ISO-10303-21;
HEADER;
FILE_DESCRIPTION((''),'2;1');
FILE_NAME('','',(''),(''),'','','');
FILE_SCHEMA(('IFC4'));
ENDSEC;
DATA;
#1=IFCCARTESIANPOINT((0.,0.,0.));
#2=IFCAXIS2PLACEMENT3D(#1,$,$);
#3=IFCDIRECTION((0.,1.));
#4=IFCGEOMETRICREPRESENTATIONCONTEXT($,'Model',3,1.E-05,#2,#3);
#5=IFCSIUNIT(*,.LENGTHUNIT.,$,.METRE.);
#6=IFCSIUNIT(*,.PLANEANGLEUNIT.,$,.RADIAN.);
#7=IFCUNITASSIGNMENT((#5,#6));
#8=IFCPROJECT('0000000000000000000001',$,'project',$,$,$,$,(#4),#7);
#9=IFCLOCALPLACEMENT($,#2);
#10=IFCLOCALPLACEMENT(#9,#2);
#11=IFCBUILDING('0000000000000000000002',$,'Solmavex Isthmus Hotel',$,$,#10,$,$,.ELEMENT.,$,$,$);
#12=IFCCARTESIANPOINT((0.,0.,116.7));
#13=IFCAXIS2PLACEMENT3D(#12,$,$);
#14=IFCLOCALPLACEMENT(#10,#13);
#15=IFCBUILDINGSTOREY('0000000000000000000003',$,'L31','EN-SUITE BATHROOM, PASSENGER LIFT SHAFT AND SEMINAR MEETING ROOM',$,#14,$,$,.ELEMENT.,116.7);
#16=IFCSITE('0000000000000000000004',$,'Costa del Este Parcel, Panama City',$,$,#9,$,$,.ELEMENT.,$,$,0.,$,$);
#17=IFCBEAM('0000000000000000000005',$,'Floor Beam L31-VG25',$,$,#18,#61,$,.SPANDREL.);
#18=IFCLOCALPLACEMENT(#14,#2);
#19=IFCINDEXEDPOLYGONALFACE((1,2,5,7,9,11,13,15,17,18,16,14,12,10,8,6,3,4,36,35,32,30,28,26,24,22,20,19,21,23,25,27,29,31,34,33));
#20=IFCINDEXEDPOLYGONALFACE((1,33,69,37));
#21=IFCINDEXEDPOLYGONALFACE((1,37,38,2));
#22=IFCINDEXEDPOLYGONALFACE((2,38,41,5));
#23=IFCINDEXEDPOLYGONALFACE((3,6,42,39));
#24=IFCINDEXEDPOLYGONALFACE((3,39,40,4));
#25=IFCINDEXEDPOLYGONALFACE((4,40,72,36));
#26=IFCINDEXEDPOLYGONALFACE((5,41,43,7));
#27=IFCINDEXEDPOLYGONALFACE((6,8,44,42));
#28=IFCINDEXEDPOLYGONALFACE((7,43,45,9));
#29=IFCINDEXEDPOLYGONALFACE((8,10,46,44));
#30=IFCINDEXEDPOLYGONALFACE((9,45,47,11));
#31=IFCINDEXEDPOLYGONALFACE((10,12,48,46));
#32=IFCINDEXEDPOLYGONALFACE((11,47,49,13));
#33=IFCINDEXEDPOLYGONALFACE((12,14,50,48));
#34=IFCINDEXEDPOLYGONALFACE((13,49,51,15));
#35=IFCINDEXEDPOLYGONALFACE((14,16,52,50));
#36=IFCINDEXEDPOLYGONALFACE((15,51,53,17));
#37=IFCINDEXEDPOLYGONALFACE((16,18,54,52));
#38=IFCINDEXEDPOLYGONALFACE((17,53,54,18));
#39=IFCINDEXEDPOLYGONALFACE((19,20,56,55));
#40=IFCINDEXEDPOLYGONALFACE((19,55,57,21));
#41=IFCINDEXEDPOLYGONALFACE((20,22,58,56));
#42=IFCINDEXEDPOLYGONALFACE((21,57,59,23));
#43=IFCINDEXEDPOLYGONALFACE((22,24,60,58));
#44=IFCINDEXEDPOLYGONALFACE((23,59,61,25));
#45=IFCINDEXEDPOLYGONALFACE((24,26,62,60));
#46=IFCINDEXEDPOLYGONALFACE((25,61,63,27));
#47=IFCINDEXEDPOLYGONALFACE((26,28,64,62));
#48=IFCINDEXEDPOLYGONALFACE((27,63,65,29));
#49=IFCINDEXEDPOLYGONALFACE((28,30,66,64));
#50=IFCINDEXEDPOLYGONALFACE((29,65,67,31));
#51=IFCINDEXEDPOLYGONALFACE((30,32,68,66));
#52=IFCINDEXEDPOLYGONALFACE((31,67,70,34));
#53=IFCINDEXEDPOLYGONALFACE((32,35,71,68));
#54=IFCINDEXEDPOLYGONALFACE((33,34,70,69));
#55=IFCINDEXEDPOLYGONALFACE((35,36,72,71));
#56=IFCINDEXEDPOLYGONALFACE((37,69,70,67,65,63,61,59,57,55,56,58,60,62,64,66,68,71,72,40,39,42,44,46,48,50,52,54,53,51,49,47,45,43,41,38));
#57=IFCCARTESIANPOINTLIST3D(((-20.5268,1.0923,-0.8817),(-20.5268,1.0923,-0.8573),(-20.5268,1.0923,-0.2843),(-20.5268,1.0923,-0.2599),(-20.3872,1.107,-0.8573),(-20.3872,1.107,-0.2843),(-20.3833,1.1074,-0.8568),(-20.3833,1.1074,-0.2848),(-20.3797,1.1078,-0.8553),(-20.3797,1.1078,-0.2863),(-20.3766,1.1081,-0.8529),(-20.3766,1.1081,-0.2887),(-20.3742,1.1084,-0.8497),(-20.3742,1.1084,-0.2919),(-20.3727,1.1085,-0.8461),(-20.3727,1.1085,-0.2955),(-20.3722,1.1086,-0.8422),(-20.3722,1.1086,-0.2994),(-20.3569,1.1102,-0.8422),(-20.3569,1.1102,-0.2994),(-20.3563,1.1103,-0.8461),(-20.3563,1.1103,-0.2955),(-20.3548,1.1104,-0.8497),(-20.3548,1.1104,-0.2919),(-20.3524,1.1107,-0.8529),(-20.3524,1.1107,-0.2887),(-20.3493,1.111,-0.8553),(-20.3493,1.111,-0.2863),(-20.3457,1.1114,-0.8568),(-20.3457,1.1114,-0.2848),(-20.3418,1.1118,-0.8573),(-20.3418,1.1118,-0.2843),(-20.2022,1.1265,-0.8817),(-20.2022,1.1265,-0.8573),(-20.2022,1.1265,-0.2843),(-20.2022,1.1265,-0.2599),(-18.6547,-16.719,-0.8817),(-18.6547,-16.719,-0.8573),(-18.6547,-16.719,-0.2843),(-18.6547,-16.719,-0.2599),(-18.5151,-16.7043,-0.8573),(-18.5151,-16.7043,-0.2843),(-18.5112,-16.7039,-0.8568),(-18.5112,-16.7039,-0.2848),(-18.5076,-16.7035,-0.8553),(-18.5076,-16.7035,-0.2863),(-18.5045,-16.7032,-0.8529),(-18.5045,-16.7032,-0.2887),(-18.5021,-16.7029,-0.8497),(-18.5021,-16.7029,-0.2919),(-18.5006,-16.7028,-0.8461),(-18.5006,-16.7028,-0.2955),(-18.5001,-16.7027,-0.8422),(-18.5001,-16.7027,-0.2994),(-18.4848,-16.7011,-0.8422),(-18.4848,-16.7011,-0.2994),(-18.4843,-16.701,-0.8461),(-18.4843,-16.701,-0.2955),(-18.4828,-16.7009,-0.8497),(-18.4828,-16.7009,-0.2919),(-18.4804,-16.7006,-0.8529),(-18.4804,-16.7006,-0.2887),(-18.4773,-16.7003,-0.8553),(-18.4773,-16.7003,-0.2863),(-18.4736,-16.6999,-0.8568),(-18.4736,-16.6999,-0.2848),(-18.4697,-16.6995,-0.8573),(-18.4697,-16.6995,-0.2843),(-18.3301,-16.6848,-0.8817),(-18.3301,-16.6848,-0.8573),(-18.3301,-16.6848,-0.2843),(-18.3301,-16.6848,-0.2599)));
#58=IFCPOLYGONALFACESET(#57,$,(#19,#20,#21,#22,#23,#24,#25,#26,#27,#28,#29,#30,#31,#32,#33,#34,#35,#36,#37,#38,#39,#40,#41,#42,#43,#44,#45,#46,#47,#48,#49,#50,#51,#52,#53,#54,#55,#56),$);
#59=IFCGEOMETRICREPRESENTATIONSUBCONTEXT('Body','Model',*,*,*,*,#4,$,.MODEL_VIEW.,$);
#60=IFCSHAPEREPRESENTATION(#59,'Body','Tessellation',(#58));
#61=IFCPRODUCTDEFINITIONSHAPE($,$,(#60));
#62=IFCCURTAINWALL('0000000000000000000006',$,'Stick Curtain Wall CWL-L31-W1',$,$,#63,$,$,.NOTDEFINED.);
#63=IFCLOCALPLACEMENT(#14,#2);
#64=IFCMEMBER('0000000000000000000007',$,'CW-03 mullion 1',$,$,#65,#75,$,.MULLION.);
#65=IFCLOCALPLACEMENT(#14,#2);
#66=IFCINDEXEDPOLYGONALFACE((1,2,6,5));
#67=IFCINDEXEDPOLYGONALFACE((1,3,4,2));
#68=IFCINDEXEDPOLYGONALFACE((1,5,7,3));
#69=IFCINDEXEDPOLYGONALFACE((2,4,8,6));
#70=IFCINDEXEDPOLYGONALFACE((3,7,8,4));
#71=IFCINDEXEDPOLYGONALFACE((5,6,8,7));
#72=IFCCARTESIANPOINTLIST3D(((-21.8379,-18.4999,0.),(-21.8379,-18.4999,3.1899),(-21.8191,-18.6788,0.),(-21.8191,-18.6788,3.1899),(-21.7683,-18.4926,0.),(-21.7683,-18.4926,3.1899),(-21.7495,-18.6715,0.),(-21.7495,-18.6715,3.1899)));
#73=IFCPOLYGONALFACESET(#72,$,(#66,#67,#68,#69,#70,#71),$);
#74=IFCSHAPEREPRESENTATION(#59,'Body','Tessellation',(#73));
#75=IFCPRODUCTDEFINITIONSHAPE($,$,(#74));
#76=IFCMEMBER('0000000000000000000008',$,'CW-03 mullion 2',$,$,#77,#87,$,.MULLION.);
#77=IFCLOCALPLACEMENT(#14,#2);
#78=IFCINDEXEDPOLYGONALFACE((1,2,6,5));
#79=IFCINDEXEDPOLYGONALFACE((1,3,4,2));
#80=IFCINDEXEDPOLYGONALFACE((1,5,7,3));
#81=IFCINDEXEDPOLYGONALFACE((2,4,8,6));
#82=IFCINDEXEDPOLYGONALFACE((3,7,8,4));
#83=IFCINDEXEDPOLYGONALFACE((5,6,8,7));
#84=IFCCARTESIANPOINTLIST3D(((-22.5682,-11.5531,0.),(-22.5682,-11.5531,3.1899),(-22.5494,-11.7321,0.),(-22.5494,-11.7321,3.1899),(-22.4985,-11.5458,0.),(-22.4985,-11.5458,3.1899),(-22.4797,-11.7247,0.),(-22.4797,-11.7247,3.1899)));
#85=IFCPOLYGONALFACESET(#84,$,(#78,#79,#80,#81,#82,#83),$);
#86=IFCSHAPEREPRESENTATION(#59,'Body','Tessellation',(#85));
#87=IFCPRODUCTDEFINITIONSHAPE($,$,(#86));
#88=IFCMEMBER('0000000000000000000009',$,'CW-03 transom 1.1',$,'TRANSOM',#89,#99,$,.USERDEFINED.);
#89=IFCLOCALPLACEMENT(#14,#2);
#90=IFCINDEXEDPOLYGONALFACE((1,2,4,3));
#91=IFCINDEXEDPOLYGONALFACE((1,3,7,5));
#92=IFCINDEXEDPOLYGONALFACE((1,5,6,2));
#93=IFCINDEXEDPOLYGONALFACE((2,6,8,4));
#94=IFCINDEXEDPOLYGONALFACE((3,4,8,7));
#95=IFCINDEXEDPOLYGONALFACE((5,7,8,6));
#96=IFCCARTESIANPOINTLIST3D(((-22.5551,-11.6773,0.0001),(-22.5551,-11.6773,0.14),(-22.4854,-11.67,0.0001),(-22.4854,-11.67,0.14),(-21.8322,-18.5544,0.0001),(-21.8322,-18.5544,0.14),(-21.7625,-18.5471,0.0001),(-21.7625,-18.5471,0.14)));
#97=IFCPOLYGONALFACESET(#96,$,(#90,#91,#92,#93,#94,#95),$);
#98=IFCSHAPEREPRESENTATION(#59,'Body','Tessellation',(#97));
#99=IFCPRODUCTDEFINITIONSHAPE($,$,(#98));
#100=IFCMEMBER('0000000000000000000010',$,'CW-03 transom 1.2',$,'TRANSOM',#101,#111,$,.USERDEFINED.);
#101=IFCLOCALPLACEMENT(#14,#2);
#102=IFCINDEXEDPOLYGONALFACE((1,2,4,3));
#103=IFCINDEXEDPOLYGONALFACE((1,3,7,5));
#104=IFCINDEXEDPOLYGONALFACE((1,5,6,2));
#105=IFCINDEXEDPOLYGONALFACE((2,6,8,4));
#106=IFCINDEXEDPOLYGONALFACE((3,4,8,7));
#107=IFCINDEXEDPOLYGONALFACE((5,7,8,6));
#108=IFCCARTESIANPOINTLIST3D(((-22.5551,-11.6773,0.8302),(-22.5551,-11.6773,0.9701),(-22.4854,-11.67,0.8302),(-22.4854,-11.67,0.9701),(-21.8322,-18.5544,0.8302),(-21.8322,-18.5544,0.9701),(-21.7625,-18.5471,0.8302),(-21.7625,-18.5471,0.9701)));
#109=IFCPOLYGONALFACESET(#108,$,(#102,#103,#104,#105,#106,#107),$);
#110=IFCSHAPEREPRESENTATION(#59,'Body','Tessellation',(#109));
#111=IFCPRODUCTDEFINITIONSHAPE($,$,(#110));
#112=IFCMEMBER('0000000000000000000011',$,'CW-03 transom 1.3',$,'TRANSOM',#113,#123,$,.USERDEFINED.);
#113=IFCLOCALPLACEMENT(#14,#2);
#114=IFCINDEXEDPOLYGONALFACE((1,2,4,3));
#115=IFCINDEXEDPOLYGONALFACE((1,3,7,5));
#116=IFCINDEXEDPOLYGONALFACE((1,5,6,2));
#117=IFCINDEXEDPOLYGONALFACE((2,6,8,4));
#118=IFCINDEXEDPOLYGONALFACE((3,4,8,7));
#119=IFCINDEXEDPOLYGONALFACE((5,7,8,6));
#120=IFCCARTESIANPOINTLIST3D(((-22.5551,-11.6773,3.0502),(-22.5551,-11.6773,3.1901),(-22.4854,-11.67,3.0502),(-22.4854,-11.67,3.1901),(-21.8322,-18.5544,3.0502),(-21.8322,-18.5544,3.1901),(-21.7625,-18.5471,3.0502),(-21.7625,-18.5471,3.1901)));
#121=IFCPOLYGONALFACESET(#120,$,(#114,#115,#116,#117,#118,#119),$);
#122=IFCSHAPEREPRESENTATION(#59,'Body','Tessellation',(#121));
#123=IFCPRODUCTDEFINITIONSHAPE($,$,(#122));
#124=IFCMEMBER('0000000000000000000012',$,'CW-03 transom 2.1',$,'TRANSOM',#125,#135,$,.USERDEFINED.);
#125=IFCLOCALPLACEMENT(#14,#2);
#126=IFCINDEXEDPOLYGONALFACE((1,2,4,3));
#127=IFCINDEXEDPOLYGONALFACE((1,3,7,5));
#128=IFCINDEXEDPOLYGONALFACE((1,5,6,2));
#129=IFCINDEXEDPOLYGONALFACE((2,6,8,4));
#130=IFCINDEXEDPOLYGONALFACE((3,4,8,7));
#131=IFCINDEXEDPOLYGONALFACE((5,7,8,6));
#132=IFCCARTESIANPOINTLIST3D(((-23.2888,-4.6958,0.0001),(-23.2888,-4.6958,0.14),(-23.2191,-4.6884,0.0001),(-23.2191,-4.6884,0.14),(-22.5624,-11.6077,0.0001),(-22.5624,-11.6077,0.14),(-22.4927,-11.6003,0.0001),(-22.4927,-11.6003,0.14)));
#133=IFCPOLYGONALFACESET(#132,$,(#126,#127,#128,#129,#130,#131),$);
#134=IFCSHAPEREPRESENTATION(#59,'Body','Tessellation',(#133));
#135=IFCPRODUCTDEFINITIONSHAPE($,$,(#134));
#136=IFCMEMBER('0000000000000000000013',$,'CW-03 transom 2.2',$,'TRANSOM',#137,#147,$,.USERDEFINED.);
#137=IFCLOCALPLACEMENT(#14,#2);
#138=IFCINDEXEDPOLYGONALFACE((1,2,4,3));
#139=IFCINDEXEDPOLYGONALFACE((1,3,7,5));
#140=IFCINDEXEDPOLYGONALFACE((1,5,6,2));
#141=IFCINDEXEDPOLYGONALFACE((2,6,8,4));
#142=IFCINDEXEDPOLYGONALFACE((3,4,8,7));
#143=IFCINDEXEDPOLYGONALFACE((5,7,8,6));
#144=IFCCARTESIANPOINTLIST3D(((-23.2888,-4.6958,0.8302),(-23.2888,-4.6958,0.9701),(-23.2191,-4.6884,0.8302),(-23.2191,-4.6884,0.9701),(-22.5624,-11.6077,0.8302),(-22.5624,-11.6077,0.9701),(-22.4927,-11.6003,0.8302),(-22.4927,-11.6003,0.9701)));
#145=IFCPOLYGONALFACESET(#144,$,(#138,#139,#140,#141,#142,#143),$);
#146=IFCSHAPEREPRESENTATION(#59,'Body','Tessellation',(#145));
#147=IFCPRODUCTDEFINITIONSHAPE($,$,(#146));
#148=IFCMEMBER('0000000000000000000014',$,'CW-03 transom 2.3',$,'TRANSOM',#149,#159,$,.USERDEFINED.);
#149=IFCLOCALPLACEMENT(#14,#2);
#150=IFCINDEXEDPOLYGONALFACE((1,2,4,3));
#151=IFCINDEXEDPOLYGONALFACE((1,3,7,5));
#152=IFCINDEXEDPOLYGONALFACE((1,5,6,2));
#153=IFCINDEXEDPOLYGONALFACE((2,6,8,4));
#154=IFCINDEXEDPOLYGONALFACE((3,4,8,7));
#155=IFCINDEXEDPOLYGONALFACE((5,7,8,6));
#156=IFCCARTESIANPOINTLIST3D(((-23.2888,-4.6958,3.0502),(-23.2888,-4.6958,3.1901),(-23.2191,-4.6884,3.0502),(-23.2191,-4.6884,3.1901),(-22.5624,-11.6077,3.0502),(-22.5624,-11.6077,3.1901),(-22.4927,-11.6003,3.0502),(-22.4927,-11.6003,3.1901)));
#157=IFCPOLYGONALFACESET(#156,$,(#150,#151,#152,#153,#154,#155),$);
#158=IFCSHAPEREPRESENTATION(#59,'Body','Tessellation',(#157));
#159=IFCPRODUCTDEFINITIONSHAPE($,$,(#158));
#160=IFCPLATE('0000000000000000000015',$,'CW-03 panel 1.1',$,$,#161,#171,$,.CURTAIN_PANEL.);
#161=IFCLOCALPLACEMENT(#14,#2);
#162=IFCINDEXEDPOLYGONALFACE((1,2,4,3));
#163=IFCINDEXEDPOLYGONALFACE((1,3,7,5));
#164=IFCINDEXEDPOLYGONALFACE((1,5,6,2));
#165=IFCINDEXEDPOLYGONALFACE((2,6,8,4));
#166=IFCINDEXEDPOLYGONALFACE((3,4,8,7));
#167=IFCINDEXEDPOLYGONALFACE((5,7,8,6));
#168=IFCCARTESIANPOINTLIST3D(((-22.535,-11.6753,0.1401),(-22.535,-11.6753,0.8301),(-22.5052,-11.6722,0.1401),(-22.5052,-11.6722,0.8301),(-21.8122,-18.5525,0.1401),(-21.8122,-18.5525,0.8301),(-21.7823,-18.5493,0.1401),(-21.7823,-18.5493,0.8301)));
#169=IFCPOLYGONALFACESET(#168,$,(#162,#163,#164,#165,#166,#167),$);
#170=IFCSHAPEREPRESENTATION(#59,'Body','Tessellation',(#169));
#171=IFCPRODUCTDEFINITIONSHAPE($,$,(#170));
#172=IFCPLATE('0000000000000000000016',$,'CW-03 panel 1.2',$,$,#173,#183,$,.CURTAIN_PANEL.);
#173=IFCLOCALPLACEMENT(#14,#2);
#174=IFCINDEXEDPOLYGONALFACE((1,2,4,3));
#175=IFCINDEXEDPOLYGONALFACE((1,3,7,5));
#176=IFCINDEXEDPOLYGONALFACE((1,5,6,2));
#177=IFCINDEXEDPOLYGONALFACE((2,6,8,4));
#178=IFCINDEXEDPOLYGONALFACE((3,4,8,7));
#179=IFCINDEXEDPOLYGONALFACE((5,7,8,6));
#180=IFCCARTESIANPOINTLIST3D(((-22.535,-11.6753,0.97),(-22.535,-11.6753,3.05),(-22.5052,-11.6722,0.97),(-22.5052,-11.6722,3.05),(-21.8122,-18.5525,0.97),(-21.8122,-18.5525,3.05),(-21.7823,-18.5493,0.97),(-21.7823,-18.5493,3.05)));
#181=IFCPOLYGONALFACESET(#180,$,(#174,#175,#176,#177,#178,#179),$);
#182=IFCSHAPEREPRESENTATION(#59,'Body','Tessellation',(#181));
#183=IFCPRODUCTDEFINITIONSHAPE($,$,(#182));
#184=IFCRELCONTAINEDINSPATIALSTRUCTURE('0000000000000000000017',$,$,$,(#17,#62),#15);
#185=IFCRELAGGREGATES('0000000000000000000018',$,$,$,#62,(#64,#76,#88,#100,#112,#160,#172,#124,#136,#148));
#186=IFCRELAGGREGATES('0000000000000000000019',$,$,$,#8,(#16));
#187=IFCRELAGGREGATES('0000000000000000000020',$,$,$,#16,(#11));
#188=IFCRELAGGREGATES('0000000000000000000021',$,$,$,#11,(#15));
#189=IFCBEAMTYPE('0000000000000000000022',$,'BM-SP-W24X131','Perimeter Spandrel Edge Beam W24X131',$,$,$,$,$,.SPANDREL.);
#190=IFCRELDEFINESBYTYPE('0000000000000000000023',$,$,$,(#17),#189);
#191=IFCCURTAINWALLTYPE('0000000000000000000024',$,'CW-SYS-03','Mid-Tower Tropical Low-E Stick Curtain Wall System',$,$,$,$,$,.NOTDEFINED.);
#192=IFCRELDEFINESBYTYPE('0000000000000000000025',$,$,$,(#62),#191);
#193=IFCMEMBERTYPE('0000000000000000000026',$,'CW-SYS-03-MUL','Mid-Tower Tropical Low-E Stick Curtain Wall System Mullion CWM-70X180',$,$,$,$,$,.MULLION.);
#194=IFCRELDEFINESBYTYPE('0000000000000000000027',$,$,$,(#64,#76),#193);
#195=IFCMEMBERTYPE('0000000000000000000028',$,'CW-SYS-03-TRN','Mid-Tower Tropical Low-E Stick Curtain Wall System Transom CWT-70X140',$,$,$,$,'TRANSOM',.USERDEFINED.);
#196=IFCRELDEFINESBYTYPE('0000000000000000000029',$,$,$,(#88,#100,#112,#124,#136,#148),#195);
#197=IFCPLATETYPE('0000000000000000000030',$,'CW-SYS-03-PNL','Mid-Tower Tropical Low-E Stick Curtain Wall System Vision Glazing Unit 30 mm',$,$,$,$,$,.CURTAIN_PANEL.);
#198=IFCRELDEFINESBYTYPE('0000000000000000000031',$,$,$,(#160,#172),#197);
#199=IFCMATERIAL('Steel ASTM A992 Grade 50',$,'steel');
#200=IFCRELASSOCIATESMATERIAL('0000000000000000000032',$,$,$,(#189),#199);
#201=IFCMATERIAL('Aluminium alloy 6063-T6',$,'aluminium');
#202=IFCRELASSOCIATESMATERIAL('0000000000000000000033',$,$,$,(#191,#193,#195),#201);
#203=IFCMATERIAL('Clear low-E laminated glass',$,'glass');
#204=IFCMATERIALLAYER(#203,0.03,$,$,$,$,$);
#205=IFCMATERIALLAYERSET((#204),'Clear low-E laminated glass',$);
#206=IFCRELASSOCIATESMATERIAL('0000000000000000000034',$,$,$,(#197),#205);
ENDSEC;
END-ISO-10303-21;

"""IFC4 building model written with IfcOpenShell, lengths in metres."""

from ifc_helpers import new_model, si_unit, direction, frame, origin, origin_2d, place, context, subcontext, project, spatial, rectangle, i_section, extrude, material, layer, layer_set, material_profile, profile_set, type_object, element, aggregate, save


model = new_model("IFC4")

# Units and contexts
model_context = context("Model", 3, precision=1e-05, world=origin(), true_north=direction((0.0, 1.0)))
body_context = subcontext(model_context, "Body", "Model", "MODEL_VIEW")
ifc_project = project(units=[si_unit("LENGTHUNIT", "METRE"), si_unit("PLANEANGLEUNIT", "RADIAN")], contexts=[model_context])

# Site, building, storey
site_placement = place(None, origin())
site = spatial("IfcSite", under=ifc_project, at=site_placement, Name="Costa del Este Parcel, Panama City", CompositionType="ELEMENT", RefElevation=0.0)
building_placement = place(site_placement, origin())
building = spatial("IfcBuilding", under=site, at=building_placement, Name="Solmavex Isthmus Hotel", CompositionType="ELEMENT")
storey_placement = place(building_placement, frame((0.0, 0.0, 116.7)))
storey = spatial("IfcBuildingStorey", under=building, at=storey_placement, Name="L31", Description="EN-SUITE BATHROOM, PASSENGER LIFT SHAFT AND SEMINAR MEETING ROOM", CompositionType="ELEMENT", Elevation=116.7)

# Beam
ifc_material_1 = material(Name="Steel ASTM A992 Grade 50", Category="steel")
ifc_material_profile_1 = material_profile(ifc_material_1, i_section(OverallWidth=0.3264, OverallDepth=0.6218, WebThickness=0.0154, FlangeThickness=0.0244, FilletRadius=0.0151, at=origin_2d()), Name="W24X131")
ifc_profile_set_1 = profile_set([ifc_material_profile_1], Name="Steel ASTM A992 Grade 50")
beam_type_1 = type_object("IfcBeamType", Name="BM-SP-W24X131", Description="Perimeter Spandrel Edge Beam W24X131", PredefinedType="SPANDREL", material=ifc_profile_set_1)
beam_1_placement = place(storey_placement, frame((-18.4924, -16.7019, -0.5708), z_axis=(-0.10453, 0.994522, 0.0), x_axis=(-0.994522, -0.10453, 0.0)))
element("IfcBeam", 1, at=beam_1_placement, inside=storey, type_object=beam_type_1, Name="Floor Beam L31-VG25", PredefinedType="SPANDREL", context=body_context, shape_type="SweptSolid", body=[
    extrude(i_section(OverallWidth=0.3264, OverallDepth=0.6218, WebThickness=0.0154, FlangeThickness=0.0244, FilletRadius=0.0151, at=origin_2d()), origin(), (0.0, 0.0, 1.0), 17.9094),
])

# Curtain wall, members, plates
ifc_material_2 = material(Name="Aluminium alloy 6063-T6", Category="aluminium")
curtain_wall_type = type_object("IfcCurtainWallType", Name="CW-SYS-03", Description="Mid-Tower Tropical Low-E Stick Curtain Wall System", PredefinedType="NOTDEFINED", material=ifc_material_2)
curtain_wall_placement = place(storey_placement, origin())
curtain_wall = element("IfcCurtainWall", 2, at=curtain_wall_placement, inside=storey, type_object=curtain_wall_type, Name="Stick Curtain Wall CWL-L31-W1", PredefinedType="NOTDEFINED")
ifc_material_profile_2 = material_profile(ifc_material_2, rectangle(XDim=0.0701, YDim=0.1799, at=origin_2d()), Name="CWM-70X180")
ifc_profile_set_2 = profile_set([ifc_material_profile_2], Name="Aluminium alloy 6063-T6")
member_type_1 = type_object("IfcMemberType", Name="CW-SYS-03-MUL", Description="Mid-Tower Tropical Low-E Stick Curtain Wall System Mullion CWM-70X180", PredefinedType="MULLION", material=ifc_profile_set_2)
member_1_placement = place(storey_placement, frame((-21.7937, -18.5857, 0.0), z_axis=(0.0, 0.0, 1.0), x_axis=(-0.994522, -0.104528, 0.0)))
member_1 = element("IfcMember", 3, at=member_1_placement, type_object=member_type_1, Name="CW-03 mullion 1", PredefinedType="MULLION", context=body_context, shape_type="SweptSolid", body=[
    extrude(rectangle(XDim=0.0701, YDim=0.1799, at=origin_2d()), origin(), (0.0, 0.0, 1.0), 3.1899),
])
member_2_placement = place(storey_placement, frame((-22.5239, -11.6389, 0.0), z_axis=(0.0, 0.0, 1.0), x_axis=(-0.994522, -0.104528, 0.0)))
member_2 = element("IfcMember", 4, at=member_2_placement, type_object=member_type_1, Name="CW-03 mullion 2", PredefinedType="MULLION", context=body_context, shape_type="SweptSolid", body=[
    extrude(rectangle(XDim=0.0701, YDim=0.1799, at=origin_2d()), origin(), (0.0, 0.0, 1.0), 3.1899),
])
ifc_material_profile_3 = material_profile(ifc_material_2, rectangle(XDim=0.0701, YDim=0.1399, at=origin_2d()), Name="CWT-70X140")
ifc_profile_set_3 = profile_set([ifc_material_profile_3], Name="Aluminium alloy 6063-T6")
member_type_2 = type_object("IfcMemberType", Name="CW-SYS-03-TRN", Description="Mid-Tower Tropical Low-E Stick Curtain Wall System Transom CWT-70X140", ElementType="TRANSOM", PredefinedType="USERDEFINED", material=ifc_profile_set_3)
member_3_placement = place(storey_placement, frame((-21.7974, -18.5508, 0.0701), z_axis=(-0.10454, 0.994521, 0.0), x_axis=(-0.994521, -0.10454, 0.0)))
member_3 = element("IfcMember", 5, at=member_3_placement, type_object=member_type_2, Name="CW-03 transom 1.1", ObjectType="TRANSOM", PredefinedType="USERDEFINED", context=body_context, shape_type="SweptSolid", body=[
    extrude(rectangle(XDim=0.0701, YDim=0.1399, at=origin_2d()), origin(), (0.0, 0.0, 1.0), 6.915),
])
member_4_placement = place(storey_placement, frame((-21.7974, -18.5508, 0.9001), z_axis=(-0.10454, 0.994521, 0.0), x_axis=(-0.994521, -0.10454, 0.0)))
member_4 = element("IfcMember", 6, at=member_4_placement, type_object=member_type_2, Name="CW-03 transom 1.2", ObjectType="TRANSOM", PredefinedType="USERDEFINED", context=body_context, shape_type="SweptSolid", body=[
    extrude(rectangle(XDim=0.0701, YDim=0.1399, at=origin_2d()), origin(), (0.0, 0.0, 1.0), 6.915),
])
member_5_placement = place(storey_placement, frame((-21.7974, -18.5508, 3.1201), z_axis=(-0.10454, 0.994521, 0.0), x_axis=(-0.994521, -0.10454, 0.0)))
member_5 = element("IfcMember", 7, at=member_5_placement, type_object=member_type_2, Name="CW-03 transom 1.3", ObjectType="TRANSOM", PredefinedType="USERDEFINED", context=body_context, shape_type="SweptSolid", body=[
    extrude(rectangle(XDim=0.0701, YDim=0.1399, at=origin_2d()), origin(), (0.0, 0.0, 1.0), 6.915),
])
member_6_placement = place(storey_placement, frame((-22.5276, -11.604, 0.0701), z_axis=(-0.104507, 0.994524, 0.0), x_axis=(-0.994524, -0.104507, 0.0)))
member_6 = element("IfcMember", 8, at=member_6_placement, type_object=member_type_2, Name="CW-03 transom 2.1", ObjectType="TRANSOM", PredefinedType="USERDEFINED", context=body_context, shape_type="SweptSolid", body=[
    extrude(rectangle(XDim=0.0701, YDim=0.1399, at=origin_2d()), origin(), (0.0, 0.0, 1.0), 6.95),
])
member_7_placement = place(storey_placement, frame((-22.5276, -11.604, 0.9001), z_axis=(-0.104507, 0.994524, 0.0), x_axis=(-0.994524, -0.104507, 0.0)))
member_7 = element("IfcMember", 9, at=member_7_placement, type_object=member_type_2, Name="CW-03 transom 2.2", ObjectType="TRANSOM", PredefinedType="USERDEFINED", context=body_context, shape_type="SweptSolid", body=[
    extrude(rectangle(XDim=0.0701, YDim=0.1399, at=origin_2d()), origin(), (0.0, 0.0, 1.0), 6.95),
])
member_8_placement = place(storey_placement, frame((-22.5276, -11.604, 3.1201), z_axis=(-0.104507, 0.994524, 0.0), x_axis=(-0.994524, -0.104507, 0.0)))
member_8 = element("IfcMember", 10, at=member_8_placement, type_object=member_type_2, Name="CW-03 transom 2.3", ObjectType="TRANSOM", PredefinedType="USERDEFINED", context=body_context, shape_type="SweptSolid", body=[
    extrude(rectangle(XDim=0.0701, YDim=0.1399, at=origin_2d()), origin(), (0.0, 0.0, 1.0), 6.95),
])
ifc_material_3 = material(Name="Clear low-E laminated glass", Category="glass")
ifc_layer_1 = layer(ifc_material_3, 0.03)
ifc_layer_set_1 = layer_set([ifc_layer_1], Name="Clear low-E laminated glass")
plate_type = type_object("IfcPlateType", Name="CW-SYS-03-PNL", Description="Mid-Tower Tropical Low-E Stick Curtain Wall System Vision Glazing Unit 30 mm", PredefinedType="CURTAIN_PANEL", material=ifc_layer_set_1)
plate_1_placement = place(storey_placement, frame((-22.1587, -15.1123, 0.1401), z_axis=(0.0, 0.0, 1.0), x_axis=(-0.104528, 0.994522, 0.0)))
plate_1 = element("IfcPlate", 11, at=plate_1_placement, type_object=plate_type, Name="CW-03 panel 1.1", PredefinedType="CURTAIN_PANEL", context=body_context, shape_type="SweptSolid", body=[
    extrude(rectangle(XDim=6.915, YDim=0.03, at=origin_2d()), origin(), (0.0, 0.0, 1.0), 0.6899),
])
plate_2_placement = place(storey_placement, frame((-22.1587, -15.1123, 0.97), z_axis=(0.0, 0.0, 1.0), x_axis=(-0.104528, 0.994522, 0.0)))
plate_2 = element("IfcPlate", 12, at=plate_2_placement, type_object=plate_type, Name="CW-03 panel 1.2", PredefinedType="CURTAIN_PANEL", context=body_context, shape_type="SweptSolid", body=[
    extrude(rectangle(XDim=6.915, YDim=0.03, at=origin_2d()), origin(), (0.0, 0.0, 1.0), 2.0801),
])
aggregate(curtain_wall, [member_1, member_2, member_3, member_4, member_5, plate_1, plate_2, member_6, member_7, member_8])

save(model, "model.ifc")
